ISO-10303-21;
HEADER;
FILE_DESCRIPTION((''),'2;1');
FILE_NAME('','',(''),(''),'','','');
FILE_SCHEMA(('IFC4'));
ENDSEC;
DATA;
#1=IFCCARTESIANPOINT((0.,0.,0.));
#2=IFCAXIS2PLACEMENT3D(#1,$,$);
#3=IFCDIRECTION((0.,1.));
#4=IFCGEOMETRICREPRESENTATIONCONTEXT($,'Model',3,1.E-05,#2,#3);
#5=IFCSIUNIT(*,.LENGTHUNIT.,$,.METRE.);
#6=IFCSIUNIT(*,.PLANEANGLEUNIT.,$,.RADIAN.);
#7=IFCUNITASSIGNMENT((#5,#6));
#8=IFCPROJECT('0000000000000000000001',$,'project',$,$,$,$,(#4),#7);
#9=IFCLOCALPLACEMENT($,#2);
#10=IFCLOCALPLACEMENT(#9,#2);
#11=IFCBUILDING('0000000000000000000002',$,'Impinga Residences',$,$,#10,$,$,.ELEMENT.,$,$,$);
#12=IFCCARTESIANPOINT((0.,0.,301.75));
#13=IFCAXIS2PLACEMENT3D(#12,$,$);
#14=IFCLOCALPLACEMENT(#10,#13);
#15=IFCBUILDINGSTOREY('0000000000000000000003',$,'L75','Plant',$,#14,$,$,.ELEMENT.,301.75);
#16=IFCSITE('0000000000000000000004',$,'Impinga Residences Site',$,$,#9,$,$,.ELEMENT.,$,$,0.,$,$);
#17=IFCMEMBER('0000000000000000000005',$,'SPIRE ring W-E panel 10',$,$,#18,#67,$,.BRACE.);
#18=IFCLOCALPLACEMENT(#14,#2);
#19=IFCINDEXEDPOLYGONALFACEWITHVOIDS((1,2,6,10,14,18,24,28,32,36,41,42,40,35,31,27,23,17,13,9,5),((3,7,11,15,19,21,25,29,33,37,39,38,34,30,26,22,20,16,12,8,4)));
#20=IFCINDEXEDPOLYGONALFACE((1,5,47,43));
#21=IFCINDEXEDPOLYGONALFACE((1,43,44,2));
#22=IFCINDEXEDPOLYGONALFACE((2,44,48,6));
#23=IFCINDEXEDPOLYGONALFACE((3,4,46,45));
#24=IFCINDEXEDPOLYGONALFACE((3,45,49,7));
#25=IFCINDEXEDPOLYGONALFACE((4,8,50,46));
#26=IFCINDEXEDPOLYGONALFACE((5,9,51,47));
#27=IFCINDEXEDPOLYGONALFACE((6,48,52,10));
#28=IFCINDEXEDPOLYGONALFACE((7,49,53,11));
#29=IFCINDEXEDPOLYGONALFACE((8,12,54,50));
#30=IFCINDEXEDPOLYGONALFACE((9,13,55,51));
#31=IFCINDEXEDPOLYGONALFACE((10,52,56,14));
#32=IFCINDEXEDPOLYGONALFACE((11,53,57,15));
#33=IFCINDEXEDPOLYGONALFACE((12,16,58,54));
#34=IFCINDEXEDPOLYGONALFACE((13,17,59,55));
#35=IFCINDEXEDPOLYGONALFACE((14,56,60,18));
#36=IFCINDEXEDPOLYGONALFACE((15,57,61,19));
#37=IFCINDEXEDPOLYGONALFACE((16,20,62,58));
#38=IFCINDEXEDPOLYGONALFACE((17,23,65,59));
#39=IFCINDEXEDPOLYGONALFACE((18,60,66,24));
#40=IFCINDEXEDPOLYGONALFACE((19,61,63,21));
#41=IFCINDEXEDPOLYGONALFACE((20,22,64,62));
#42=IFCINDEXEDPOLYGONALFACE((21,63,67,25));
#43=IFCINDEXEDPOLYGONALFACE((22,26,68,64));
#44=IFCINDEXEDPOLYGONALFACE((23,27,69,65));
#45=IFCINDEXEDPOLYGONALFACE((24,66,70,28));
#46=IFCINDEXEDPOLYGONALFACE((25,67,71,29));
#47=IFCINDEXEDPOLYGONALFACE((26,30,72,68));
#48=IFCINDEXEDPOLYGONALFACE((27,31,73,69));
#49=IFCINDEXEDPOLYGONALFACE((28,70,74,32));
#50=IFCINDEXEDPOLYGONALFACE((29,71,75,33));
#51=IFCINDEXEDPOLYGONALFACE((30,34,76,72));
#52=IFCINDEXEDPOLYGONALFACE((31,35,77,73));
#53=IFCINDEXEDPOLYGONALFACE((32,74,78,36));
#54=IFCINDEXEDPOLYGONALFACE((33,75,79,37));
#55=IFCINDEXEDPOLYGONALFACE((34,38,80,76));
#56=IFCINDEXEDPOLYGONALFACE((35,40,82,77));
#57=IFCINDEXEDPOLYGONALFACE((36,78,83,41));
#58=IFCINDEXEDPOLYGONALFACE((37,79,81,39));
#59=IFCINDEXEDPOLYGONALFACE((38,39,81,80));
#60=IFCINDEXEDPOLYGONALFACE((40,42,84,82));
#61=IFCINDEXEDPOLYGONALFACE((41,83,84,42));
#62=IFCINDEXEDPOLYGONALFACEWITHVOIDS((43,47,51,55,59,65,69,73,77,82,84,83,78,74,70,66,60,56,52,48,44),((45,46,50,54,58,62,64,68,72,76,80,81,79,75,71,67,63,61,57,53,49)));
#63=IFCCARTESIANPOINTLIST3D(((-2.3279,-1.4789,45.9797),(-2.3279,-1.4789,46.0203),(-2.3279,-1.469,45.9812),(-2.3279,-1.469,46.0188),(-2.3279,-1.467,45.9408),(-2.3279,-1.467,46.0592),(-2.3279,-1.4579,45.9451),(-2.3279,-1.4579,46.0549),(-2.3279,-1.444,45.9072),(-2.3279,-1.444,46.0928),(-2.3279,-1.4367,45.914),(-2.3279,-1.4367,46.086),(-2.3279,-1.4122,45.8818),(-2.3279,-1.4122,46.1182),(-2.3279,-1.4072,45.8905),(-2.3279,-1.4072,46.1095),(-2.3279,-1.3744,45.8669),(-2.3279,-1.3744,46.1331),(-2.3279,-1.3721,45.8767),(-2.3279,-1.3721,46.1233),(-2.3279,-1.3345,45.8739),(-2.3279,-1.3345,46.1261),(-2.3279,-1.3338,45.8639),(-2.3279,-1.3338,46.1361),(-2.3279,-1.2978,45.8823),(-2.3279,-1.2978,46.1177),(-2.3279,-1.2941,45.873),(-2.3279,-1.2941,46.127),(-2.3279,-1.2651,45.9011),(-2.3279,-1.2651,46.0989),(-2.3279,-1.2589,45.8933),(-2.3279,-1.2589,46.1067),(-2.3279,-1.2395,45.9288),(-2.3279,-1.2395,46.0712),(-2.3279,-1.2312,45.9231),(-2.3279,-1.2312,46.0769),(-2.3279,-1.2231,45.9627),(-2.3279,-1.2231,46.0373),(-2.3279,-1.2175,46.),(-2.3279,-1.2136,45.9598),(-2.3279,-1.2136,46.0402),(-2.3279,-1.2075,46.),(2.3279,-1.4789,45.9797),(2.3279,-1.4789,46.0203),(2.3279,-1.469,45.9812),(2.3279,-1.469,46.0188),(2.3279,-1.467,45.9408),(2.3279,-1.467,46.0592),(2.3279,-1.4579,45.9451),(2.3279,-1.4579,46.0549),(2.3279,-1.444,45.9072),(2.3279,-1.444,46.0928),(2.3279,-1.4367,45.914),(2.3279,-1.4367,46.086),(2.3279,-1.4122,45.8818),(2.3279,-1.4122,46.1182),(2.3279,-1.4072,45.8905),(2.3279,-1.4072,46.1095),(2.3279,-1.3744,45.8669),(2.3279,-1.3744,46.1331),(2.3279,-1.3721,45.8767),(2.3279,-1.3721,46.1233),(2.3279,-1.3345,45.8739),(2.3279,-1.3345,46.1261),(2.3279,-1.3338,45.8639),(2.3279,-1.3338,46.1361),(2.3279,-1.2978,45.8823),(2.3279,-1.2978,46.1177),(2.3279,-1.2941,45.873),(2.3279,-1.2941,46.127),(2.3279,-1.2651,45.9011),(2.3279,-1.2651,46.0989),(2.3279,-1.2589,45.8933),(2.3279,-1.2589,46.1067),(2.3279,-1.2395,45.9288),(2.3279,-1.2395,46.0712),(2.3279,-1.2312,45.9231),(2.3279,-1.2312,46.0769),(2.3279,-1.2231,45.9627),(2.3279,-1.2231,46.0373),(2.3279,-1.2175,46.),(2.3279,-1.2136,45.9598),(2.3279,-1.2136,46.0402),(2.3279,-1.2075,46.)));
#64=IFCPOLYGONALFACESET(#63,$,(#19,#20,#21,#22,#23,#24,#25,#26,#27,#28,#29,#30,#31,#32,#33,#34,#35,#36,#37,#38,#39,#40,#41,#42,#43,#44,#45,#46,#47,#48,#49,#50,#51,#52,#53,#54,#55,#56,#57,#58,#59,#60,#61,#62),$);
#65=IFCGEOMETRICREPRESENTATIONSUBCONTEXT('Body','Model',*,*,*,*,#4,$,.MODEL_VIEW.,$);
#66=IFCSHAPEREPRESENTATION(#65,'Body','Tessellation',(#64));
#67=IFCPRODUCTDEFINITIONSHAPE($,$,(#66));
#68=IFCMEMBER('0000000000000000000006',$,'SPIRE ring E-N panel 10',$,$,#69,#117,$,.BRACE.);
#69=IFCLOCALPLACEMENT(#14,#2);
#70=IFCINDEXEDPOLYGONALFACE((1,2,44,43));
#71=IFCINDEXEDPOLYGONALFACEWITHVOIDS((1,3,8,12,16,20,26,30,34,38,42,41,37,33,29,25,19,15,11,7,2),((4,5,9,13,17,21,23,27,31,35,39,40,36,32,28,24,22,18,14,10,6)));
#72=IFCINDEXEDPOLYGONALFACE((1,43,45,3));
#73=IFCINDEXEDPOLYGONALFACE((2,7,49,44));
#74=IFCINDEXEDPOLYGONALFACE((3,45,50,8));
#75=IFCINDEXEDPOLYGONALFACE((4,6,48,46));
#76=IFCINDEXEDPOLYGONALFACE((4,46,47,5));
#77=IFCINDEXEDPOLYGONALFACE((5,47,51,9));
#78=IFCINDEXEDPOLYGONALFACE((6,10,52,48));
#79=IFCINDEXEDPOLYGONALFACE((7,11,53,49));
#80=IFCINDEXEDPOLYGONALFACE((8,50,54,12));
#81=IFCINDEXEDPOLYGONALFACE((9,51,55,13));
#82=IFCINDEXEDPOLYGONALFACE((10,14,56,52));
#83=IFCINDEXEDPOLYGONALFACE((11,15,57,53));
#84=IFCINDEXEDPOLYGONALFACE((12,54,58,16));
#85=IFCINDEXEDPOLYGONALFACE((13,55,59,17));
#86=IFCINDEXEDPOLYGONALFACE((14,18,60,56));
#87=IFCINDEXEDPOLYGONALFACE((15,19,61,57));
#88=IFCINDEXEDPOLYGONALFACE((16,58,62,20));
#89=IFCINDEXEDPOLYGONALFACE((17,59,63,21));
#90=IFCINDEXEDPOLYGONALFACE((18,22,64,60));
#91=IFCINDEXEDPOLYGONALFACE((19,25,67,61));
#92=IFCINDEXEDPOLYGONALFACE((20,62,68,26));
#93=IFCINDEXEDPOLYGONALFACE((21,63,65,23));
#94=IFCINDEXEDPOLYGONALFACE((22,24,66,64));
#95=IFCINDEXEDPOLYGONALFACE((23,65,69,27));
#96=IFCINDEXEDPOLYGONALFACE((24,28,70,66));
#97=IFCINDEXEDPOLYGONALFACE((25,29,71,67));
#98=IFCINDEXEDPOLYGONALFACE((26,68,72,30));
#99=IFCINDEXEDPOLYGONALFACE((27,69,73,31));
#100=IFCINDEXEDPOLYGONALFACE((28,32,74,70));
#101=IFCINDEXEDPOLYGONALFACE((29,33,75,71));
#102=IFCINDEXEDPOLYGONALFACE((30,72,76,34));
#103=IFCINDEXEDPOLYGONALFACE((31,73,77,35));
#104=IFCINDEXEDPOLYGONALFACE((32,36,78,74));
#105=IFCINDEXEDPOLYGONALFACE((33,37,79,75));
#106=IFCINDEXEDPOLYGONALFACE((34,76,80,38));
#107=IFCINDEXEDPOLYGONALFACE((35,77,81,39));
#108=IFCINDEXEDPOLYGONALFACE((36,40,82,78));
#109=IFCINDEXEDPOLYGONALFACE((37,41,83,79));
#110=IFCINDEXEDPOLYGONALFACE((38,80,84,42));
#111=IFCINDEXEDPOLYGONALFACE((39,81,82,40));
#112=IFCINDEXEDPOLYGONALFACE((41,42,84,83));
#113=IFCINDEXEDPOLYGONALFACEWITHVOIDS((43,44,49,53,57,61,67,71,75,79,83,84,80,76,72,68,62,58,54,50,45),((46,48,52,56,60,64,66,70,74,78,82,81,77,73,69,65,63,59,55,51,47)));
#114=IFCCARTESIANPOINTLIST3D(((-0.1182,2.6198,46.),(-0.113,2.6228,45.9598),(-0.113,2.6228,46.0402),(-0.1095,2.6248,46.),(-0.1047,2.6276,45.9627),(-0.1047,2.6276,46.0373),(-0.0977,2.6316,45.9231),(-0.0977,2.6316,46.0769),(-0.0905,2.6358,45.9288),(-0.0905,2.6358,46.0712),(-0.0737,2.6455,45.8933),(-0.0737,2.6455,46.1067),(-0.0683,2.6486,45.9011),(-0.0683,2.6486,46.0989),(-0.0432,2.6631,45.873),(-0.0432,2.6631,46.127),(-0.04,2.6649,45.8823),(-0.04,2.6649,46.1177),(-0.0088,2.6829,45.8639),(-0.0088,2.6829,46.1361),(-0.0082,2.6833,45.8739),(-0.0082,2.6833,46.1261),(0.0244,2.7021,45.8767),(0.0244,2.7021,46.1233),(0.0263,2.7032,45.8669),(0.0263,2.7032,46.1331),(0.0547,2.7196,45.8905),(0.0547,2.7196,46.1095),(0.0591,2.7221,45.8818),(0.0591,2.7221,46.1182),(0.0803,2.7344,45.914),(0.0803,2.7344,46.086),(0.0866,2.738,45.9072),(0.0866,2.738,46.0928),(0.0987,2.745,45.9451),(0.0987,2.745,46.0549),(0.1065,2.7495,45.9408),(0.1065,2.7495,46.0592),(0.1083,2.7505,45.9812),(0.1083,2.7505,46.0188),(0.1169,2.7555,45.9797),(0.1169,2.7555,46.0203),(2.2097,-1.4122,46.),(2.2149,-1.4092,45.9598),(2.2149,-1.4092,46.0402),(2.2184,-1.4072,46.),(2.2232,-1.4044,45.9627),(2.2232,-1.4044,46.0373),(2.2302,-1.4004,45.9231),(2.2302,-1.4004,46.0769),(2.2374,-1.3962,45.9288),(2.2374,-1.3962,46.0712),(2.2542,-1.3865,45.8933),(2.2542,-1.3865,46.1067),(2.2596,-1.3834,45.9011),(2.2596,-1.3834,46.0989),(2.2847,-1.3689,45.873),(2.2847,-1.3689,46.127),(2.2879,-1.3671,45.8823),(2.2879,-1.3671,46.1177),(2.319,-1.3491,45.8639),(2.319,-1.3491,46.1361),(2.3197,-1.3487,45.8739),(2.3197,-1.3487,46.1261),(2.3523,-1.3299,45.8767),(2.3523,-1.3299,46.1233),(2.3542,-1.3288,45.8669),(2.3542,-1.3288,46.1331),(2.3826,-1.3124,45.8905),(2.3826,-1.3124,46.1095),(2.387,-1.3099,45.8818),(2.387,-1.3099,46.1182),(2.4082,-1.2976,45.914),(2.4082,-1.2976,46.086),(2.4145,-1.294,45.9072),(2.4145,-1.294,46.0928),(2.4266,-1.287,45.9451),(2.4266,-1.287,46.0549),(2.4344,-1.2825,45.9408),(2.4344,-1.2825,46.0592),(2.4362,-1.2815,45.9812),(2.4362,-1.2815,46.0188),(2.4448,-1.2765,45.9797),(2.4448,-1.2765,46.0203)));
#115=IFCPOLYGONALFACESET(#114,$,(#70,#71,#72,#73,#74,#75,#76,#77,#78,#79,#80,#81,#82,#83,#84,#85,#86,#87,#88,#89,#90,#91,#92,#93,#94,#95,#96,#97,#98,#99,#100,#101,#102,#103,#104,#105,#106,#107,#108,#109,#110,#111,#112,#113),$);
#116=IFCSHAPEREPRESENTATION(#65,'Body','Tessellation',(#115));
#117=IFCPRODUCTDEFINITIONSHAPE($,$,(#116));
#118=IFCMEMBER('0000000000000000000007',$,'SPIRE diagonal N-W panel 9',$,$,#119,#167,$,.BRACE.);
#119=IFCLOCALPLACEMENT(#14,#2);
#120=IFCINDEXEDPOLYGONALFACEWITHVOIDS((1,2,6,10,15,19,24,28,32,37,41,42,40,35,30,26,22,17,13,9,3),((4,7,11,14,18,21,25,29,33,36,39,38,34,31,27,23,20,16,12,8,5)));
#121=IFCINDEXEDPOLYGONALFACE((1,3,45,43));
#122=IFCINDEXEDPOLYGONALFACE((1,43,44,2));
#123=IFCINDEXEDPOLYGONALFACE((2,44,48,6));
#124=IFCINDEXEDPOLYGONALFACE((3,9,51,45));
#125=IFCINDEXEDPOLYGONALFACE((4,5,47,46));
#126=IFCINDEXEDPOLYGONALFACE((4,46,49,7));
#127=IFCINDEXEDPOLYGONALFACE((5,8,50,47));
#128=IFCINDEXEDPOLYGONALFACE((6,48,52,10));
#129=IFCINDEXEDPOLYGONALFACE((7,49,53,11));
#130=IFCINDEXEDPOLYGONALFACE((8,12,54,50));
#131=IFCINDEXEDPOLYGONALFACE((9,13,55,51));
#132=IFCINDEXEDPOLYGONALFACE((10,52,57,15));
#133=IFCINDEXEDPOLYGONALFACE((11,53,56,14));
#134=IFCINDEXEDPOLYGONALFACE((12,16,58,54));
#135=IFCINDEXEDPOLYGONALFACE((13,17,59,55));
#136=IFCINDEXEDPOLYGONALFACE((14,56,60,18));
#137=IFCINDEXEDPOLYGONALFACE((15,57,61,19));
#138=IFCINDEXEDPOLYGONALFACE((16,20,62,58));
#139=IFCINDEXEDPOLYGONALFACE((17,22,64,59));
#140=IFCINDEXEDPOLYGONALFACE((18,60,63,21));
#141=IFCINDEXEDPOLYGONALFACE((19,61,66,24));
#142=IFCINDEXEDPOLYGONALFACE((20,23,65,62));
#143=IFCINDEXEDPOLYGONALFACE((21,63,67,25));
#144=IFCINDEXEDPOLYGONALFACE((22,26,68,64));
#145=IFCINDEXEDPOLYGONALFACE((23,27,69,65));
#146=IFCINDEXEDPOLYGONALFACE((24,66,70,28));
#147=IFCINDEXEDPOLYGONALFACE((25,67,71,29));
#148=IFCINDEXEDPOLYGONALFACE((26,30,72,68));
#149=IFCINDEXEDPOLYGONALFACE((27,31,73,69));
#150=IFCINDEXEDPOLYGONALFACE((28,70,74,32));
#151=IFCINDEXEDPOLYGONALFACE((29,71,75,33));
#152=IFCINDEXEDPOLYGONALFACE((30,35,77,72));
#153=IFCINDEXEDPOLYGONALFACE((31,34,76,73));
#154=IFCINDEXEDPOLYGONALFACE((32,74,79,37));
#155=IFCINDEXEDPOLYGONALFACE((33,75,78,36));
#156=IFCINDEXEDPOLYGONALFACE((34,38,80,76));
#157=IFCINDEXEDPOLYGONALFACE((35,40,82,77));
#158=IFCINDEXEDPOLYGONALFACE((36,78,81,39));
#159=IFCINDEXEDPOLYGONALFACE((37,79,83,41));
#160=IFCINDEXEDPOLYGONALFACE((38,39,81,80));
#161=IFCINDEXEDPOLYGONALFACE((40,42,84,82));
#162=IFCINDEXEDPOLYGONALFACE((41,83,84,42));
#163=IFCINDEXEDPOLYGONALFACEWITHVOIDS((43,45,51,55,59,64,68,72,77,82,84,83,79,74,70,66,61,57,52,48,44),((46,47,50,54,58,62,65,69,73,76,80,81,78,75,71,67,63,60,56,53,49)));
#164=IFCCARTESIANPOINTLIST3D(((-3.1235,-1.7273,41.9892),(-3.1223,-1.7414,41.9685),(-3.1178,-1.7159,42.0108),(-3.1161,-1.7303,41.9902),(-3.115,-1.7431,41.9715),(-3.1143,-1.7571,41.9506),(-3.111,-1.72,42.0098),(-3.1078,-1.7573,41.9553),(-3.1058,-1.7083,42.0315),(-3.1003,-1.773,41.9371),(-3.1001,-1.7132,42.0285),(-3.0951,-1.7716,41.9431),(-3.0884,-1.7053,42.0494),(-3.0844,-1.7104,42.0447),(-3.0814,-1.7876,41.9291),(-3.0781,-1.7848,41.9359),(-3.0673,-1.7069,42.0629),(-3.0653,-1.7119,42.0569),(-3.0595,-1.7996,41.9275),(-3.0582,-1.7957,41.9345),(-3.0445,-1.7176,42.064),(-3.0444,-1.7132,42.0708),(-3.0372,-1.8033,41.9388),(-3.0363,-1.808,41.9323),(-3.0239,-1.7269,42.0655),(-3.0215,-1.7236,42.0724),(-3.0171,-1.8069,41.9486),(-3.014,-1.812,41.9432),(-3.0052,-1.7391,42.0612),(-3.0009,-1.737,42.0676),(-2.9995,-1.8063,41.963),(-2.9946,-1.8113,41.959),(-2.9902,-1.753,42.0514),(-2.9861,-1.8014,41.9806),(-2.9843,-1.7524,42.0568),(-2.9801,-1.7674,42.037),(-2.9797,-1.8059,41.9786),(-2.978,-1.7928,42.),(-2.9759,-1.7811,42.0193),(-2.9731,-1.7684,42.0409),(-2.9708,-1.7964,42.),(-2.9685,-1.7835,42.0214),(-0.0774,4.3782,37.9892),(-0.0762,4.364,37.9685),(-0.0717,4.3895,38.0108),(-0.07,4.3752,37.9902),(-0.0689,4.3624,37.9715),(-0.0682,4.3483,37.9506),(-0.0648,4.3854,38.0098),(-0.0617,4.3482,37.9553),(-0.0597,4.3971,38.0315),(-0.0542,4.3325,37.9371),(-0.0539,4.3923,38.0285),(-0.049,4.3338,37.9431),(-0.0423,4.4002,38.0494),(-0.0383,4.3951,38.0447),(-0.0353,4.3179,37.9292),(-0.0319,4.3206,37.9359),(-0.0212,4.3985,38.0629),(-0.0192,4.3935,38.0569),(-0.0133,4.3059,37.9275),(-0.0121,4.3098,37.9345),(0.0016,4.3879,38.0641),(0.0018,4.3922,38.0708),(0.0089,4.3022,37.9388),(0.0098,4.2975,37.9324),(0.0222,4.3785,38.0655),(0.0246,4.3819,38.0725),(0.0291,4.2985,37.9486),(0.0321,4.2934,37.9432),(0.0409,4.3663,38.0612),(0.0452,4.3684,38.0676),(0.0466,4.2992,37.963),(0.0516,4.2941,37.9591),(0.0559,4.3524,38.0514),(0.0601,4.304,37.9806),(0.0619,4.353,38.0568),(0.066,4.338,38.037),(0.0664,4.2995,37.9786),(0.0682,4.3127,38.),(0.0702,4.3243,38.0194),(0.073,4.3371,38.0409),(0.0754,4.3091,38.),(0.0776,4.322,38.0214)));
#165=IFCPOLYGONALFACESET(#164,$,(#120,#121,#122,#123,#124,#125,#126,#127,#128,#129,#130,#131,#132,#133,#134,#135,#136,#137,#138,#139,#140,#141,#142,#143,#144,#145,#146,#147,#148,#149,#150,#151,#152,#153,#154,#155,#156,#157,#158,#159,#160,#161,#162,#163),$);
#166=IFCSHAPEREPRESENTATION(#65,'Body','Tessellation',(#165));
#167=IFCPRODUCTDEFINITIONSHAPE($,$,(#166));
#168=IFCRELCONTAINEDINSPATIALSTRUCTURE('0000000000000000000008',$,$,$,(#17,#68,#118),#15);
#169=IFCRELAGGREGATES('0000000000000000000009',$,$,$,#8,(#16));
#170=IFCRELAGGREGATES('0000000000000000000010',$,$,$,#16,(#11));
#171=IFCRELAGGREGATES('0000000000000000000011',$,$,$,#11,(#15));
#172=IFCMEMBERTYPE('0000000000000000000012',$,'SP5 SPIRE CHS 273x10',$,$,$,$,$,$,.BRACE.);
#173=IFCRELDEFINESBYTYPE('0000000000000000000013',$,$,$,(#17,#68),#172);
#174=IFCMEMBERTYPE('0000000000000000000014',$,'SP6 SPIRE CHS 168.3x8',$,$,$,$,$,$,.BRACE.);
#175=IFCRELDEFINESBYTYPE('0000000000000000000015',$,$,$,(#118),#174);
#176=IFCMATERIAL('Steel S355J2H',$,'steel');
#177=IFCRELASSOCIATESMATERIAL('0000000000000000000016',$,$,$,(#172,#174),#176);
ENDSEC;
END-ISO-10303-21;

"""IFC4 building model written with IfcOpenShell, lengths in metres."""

from ifc_helpers import new_model, si_unit, direction, frame, origin, origin_2d, place, context, subcontext, project, spatial, hollow_circle, extrude, material, material_profile, profile_set, type_object, element, save


model = new_model("IFC4")

# Units and contexts
model_context = context("Model", 3, precision=1e-05, world=origin(), true_north=direction((0.0, 1.0)))
body_context = subcontext(model_context, "Body", "Model", "MODEL_VIEW")
ifc_project = project(units=[si_unit("LENGTHUNIT", "METRE"), si_unit("PLANEANGLEUNIT", "RADIAN")], contexts=[model_context])

# Site, building, storey
site_placement = place(None, origin())
site = spatial("IfcSite", under=ifc_project, at=site_placement, Name="Impinga Residences Site", CompositionType="ELEMENT", RefElevation=0.0)
building_placement = place(site_placement, origin())
building = spatial("IfcBuilding", under=site, at=building_placement, Name="Impinga Residences", CompositionType="ELEMENT")
storey_placement = place(building_placement, frame((0.0, 0.0, 301.75)))
storey = spatial("IfcBuildingStorey", under=building, at=storey_placement, Name="L75", Description="Plant", CompositionType="ELEMENT", Elevation=301.75)

# Members
ifc_material = material(Name="Steel S355J2H", Category="steel")
ifc_material_profile_1 = material_profile(ifc_material, hollow_circle(Radius=0.1365, WallThickness=0.01, at=origin_2d()), Name="CHS 273x10")
ifc_profile_set_1 = profile_set([ifc_material_profile_1], Name="Steel S355J2H")
member_type_1 = type_object("IfcMemberType", Name="SP5 SPIRE CHS 273x10", PredefinedType="BRACE", material=ifc_profile_set_1)
for number, where, z_axis, x_axis, name in (
    (1, (-2.3279, -1.344, 46.0), (1.0, 0.0, 0.0), (0.0, 1.0, 0.0), "SPIRE ring W-E panel 10"),
    (2, (2.3279, -1.344, 46.0), (-0.500002, 0.866024, 0.0), (-0.866024, -0.500002, 0.0), "SPIRE ring E-N panel 10"),
):
    element("IfcMember", number, at=place(storey_placement, frame(where, z_axis=z_axis, x_axis=x_axis)), inside=storey, type_object=member_type_1, Name=name, PredefinedType="BRACE", context=body_context, shape_type="SweptSolid", body=[
        extrude(hollow_circle(Radius=0.1365, WallThickness=0.01, at=origin_2d()), origin(), (0.0, 0.0, 1.0), 4.6558),
    ])
ifc_material_profile_2 = material_profile(ifc_material, hollow_circle(Radius=0.0842, WallThickness=0.0081, at=origin_2d()), Name="CHS 168.3x8")
ifc_profile_set_2 = profile_set([ifc_material_profile_2], Name="Steel S355J2H")
member_type_2 = type_object("IfcMemberType", Name="SP6 SPIRE CHS 168.3x8", PredefinedType="BRACE", material=ifc_profile_set_2)
for number, where, z_axis, x_axis, name in (
    (3, (0.0, 4.3467, 38.0), (-0.385138, -0.771943, 0.505739), (0.894813, -0.446441, 0.0), "SPIRE diagonal N-W panel 9"),
):
    element("IfcMember", number, at=place(storey_placement, frame(where, z_axis=z_axis, x_axis=x_axis)), inside=storey, type_object=member_type_2, Name=name, PredefinedType="BRACE", context=body_context, shape_type="SweptSolid", body=[
        extrude(hollow_circle(Radius=0.0842, WallThickness=0.0081, at=origin_2d()), origin(), (0.0, 0.0, 1.0), 7.9092),
    ])

save(model, "model.ifc")
